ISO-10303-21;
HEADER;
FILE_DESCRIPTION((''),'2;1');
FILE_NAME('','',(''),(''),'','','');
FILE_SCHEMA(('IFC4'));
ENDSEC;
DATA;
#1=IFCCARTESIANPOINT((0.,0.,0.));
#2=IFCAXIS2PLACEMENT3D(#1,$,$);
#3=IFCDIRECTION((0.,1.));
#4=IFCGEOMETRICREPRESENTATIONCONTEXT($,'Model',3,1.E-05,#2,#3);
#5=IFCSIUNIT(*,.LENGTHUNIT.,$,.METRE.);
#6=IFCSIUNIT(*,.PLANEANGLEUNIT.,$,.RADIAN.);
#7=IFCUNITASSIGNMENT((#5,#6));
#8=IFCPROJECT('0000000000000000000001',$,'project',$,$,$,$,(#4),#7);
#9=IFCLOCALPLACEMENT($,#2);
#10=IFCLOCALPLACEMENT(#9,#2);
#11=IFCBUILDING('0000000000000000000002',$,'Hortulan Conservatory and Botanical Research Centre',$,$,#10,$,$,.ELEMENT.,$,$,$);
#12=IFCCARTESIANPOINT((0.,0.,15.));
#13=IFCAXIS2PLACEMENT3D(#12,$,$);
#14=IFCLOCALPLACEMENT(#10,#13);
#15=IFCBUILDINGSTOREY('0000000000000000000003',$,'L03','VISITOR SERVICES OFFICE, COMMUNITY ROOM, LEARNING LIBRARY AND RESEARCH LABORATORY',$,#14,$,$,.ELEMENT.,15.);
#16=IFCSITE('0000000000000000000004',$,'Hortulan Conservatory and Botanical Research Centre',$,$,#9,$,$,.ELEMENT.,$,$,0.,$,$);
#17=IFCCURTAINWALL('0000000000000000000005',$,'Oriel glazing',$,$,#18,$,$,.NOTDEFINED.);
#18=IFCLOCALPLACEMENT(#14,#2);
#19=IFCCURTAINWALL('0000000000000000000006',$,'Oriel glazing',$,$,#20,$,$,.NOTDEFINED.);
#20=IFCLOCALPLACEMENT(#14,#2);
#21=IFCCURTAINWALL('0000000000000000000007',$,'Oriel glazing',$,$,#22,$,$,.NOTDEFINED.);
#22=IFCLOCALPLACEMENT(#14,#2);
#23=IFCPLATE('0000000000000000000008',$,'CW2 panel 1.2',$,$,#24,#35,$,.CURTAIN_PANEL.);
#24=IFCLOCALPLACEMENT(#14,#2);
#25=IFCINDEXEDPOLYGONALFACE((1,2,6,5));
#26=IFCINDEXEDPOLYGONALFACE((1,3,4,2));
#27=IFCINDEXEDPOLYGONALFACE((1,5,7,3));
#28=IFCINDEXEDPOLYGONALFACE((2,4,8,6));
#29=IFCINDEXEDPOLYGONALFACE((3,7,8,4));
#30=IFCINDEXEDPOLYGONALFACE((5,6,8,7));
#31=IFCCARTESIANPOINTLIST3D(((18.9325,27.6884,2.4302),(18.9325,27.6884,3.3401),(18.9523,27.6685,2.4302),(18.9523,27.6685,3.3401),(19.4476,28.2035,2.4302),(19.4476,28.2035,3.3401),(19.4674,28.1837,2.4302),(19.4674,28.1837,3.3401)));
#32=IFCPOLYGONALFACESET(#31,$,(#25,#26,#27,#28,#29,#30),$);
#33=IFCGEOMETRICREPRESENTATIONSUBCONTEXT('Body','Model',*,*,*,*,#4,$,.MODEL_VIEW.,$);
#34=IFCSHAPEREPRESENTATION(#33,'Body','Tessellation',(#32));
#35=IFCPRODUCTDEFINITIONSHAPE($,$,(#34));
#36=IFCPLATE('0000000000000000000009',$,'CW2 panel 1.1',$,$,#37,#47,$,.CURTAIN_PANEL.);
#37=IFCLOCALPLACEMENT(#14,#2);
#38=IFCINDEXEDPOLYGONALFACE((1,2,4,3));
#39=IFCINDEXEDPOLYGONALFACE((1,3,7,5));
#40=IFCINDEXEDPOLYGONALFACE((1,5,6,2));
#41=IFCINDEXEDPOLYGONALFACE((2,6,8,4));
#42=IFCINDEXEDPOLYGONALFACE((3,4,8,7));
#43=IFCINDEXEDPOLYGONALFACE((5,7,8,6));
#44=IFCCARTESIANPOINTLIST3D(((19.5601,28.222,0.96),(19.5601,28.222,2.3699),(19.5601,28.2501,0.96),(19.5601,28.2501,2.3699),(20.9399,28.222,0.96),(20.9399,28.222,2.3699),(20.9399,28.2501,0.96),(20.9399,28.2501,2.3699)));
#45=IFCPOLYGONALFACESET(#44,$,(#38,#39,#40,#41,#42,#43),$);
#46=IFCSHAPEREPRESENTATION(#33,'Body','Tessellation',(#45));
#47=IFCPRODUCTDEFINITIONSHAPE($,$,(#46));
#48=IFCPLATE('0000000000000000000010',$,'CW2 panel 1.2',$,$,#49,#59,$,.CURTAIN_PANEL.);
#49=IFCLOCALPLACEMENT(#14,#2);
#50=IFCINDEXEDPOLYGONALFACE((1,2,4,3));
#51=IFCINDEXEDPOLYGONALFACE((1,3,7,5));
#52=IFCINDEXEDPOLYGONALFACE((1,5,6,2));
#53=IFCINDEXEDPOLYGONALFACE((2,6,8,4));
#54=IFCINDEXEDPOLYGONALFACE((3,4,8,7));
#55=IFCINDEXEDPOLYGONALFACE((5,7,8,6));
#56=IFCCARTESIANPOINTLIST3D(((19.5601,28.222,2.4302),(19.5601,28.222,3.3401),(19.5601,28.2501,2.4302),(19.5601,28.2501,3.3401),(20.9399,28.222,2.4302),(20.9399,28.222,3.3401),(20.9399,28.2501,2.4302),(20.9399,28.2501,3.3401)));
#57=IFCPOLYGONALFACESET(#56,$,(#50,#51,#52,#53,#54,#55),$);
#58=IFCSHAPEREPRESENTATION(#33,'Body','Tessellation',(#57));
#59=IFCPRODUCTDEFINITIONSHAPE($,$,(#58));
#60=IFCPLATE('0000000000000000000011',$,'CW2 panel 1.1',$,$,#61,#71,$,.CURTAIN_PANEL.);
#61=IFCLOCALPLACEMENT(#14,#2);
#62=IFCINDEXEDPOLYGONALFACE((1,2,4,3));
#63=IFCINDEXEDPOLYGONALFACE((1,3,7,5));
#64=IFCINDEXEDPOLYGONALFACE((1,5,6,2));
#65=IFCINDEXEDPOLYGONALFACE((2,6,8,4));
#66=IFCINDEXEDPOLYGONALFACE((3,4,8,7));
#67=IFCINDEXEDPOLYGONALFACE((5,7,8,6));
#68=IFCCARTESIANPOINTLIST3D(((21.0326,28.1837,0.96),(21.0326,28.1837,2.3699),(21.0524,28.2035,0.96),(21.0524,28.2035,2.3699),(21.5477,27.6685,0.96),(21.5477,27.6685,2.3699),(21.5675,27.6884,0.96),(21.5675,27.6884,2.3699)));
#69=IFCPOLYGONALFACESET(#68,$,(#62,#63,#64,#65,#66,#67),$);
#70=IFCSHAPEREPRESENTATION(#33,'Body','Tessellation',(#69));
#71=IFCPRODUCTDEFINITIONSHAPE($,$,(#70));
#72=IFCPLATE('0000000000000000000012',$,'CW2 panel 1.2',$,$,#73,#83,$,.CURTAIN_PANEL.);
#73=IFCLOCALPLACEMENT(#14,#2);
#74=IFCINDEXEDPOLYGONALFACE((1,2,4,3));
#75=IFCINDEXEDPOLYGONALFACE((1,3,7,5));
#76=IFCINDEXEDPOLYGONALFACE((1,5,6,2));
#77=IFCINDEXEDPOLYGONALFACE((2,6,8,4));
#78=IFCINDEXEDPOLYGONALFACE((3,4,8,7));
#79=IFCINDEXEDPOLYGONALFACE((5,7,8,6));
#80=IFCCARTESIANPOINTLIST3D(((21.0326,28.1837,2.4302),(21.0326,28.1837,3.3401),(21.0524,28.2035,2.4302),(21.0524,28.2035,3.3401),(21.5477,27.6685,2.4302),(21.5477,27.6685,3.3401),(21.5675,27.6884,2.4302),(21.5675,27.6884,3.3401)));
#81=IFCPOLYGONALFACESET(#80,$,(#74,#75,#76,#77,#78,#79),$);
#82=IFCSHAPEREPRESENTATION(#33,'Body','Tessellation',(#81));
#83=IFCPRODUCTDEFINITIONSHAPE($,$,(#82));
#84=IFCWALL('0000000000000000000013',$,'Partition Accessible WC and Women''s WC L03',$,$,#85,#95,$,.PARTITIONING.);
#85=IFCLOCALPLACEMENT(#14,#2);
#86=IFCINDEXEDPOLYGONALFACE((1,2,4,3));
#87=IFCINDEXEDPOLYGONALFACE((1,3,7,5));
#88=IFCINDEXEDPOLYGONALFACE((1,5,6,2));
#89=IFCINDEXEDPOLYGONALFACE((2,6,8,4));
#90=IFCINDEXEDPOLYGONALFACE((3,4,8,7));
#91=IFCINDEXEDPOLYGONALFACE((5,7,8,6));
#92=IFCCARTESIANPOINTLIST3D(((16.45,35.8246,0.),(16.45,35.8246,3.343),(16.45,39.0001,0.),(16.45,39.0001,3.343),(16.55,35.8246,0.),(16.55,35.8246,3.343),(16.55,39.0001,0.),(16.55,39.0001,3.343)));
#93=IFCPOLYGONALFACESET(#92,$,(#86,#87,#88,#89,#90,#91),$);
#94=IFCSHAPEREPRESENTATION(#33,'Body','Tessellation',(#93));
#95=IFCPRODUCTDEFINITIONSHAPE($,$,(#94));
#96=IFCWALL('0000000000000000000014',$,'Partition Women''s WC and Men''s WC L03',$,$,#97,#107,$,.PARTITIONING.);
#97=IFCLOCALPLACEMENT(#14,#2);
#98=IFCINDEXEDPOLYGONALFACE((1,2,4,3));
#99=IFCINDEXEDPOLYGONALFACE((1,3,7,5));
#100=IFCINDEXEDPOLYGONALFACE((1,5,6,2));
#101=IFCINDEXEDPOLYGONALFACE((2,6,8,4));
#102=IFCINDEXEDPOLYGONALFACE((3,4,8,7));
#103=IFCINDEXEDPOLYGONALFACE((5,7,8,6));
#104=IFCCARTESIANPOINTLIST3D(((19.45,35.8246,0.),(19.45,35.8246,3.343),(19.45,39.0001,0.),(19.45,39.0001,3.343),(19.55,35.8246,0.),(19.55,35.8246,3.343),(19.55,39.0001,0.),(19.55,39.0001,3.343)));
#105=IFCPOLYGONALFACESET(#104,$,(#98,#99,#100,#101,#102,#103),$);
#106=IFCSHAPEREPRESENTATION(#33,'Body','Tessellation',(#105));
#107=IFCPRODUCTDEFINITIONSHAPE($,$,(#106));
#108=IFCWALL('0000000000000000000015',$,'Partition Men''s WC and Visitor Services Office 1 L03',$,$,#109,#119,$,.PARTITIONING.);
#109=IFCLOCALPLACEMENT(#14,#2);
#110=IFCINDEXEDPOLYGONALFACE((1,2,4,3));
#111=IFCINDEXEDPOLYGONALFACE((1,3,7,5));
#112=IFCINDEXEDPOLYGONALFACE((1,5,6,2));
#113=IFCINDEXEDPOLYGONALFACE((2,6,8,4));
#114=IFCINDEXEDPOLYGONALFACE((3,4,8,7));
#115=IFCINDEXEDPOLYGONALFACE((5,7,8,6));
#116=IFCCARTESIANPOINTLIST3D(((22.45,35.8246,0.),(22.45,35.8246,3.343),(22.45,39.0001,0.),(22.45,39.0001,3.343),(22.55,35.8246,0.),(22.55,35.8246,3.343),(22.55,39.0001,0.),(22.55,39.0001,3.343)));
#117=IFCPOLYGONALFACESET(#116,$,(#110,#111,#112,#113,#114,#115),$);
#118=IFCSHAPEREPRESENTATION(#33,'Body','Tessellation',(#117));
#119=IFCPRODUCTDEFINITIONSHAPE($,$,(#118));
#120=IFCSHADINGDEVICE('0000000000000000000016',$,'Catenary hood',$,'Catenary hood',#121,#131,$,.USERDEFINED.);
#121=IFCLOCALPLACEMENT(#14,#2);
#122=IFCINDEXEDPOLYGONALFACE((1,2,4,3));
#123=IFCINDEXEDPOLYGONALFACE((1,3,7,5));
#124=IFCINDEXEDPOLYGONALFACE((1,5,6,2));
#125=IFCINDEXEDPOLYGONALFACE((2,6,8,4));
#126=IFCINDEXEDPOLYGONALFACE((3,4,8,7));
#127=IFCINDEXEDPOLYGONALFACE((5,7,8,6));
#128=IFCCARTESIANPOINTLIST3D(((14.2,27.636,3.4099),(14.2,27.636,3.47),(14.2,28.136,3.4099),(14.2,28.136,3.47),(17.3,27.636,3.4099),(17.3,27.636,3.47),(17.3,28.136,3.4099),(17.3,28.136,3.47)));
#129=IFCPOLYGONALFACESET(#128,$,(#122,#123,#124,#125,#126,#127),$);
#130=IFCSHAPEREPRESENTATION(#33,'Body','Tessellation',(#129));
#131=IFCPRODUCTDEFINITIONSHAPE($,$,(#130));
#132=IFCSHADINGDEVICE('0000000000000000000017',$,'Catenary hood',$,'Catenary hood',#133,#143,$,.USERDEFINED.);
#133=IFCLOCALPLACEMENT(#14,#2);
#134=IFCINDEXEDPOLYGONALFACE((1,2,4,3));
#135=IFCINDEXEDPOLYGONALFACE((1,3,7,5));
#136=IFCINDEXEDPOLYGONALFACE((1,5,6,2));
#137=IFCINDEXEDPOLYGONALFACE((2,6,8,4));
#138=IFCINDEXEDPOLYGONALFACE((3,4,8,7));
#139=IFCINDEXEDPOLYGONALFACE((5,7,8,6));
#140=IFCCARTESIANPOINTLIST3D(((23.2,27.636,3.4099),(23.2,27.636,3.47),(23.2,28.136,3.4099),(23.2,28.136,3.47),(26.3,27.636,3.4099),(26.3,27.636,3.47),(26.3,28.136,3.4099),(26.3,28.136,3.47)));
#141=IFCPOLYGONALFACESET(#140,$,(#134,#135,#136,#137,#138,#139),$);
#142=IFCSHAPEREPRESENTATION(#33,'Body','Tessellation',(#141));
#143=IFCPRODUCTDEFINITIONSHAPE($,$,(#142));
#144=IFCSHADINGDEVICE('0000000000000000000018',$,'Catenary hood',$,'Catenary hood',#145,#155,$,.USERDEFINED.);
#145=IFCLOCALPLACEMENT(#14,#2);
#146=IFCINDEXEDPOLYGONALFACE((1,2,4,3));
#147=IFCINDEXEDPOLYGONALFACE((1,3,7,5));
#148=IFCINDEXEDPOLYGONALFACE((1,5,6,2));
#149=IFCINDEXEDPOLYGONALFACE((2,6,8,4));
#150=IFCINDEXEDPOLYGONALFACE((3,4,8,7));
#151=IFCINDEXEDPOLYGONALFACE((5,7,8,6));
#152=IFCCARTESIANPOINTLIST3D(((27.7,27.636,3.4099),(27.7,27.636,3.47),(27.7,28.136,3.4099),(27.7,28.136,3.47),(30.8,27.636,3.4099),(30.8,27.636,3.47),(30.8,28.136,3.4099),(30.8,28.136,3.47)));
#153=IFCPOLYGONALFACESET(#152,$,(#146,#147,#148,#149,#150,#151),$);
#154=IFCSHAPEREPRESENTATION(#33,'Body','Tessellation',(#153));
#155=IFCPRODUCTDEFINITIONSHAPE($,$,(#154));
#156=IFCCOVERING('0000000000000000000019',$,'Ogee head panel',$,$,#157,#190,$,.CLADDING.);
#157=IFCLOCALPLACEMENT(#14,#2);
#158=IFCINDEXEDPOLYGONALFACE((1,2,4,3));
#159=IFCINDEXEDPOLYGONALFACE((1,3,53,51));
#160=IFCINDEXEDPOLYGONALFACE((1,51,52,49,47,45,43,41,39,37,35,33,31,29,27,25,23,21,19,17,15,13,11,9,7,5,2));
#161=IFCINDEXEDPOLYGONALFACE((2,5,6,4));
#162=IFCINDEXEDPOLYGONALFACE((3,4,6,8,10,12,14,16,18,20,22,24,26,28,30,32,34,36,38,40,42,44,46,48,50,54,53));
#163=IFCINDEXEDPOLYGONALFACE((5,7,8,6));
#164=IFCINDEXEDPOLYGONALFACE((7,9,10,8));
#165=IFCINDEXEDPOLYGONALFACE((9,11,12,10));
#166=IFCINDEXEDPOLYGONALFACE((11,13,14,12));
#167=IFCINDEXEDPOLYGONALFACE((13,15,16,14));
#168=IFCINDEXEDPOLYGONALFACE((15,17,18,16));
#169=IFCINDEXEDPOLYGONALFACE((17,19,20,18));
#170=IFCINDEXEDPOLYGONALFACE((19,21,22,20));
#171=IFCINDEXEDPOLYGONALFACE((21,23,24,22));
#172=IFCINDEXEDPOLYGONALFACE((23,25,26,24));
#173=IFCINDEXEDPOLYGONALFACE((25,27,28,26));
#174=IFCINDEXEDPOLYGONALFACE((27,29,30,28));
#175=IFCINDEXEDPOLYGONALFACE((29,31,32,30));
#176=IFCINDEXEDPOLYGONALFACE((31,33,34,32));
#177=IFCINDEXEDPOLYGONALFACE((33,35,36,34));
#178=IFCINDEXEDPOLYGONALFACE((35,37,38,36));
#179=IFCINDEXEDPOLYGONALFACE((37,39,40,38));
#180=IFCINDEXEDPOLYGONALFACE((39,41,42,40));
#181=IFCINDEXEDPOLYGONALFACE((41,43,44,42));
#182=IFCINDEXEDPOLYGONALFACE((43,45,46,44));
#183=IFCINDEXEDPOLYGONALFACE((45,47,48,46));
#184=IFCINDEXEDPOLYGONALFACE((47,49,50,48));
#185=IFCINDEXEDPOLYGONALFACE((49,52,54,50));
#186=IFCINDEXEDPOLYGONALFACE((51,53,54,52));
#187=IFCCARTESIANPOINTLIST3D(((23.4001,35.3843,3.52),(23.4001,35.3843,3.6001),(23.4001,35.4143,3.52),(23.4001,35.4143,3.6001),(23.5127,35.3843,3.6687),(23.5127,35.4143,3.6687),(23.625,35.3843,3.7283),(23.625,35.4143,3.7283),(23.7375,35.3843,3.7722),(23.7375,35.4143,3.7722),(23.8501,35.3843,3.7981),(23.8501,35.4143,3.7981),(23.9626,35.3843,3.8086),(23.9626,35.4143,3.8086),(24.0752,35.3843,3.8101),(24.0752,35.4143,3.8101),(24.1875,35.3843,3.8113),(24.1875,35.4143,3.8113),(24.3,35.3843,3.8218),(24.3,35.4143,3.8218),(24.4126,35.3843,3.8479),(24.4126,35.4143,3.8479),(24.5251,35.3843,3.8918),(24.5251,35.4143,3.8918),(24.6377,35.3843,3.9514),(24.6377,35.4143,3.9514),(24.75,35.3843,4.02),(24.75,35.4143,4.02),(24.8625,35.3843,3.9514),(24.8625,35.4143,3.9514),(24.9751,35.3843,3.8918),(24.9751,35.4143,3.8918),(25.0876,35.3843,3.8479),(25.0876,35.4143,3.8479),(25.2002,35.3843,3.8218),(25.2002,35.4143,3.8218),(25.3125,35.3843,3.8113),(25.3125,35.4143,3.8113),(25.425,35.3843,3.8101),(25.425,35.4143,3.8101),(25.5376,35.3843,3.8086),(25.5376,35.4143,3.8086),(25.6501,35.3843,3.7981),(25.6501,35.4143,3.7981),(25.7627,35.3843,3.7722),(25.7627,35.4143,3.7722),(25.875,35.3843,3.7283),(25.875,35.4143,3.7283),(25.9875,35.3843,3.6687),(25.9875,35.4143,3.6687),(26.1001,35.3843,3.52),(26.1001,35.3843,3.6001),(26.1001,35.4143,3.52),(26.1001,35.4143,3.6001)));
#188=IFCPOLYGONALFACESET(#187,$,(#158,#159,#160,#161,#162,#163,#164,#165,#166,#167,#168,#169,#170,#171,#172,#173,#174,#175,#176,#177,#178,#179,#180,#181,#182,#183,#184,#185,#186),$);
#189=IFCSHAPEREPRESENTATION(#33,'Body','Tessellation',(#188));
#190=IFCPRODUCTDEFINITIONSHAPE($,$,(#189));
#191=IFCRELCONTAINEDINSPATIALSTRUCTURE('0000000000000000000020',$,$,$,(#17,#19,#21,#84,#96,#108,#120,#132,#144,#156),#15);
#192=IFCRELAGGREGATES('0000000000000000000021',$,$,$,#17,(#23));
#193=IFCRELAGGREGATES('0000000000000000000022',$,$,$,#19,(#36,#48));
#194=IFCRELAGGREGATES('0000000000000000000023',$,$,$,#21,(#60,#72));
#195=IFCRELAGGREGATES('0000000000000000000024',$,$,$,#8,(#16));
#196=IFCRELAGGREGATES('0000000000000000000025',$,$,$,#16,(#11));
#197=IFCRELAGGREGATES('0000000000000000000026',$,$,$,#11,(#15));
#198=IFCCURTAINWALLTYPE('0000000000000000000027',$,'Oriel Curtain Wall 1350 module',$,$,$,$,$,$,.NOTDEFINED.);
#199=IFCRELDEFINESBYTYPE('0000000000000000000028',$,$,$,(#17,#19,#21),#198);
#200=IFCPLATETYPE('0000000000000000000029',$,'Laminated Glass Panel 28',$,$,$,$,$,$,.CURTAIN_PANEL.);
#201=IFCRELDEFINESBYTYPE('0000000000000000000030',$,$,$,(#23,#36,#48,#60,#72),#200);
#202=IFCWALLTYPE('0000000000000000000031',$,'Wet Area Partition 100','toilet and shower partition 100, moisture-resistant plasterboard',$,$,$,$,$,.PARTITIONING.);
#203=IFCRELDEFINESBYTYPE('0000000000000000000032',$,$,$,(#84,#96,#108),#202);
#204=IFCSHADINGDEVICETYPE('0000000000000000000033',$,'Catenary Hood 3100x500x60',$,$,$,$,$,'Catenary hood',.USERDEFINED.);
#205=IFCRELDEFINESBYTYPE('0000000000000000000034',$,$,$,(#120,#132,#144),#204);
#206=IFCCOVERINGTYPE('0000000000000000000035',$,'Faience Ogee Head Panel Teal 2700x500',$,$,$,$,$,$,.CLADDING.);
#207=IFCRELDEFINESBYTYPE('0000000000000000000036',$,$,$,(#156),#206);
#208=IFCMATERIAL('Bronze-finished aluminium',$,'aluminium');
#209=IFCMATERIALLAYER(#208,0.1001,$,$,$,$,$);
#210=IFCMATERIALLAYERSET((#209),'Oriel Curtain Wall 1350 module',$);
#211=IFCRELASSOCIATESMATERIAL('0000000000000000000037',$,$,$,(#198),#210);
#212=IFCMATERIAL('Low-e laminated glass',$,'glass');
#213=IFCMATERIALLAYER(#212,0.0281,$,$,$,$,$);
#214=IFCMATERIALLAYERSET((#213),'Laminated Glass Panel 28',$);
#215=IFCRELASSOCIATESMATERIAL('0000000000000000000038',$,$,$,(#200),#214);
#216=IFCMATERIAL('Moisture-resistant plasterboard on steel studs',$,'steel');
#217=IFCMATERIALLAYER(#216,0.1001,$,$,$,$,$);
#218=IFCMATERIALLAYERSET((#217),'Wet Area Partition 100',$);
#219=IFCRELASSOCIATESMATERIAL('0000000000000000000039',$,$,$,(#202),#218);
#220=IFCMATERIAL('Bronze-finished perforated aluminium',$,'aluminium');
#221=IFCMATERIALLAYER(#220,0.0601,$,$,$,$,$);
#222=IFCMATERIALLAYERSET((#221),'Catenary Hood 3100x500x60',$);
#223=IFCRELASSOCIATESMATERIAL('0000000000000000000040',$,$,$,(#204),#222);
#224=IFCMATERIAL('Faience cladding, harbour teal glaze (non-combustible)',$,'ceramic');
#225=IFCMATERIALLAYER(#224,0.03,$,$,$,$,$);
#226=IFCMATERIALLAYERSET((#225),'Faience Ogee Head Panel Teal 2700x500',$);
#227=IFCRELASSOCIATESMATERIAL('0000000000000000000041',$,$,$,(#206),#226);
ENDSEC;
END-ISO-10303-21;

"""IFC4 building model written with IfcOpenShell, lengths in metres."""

from ifc_helpers import new_model, si_unit, direction, frame, frame_2d, origin, origin_2d, place, context, subcontext, project, spatial, polyline, rectangle, outline, extrude, material, layer, layer_set, type_object, element, aggregate, save


model = new_model("IFC4")

# Units and contexts
model_context = context("Model", 3, precision=1e-05, world=origin(), true_north=direction((0.0, 1.0)))
body_context = subcontext(model_context, "Body", "Model", "MODEL_VIEW")
ifc_project = project(units=[si_unit("LENGTHUNIT", "METRE"), si_unit("PLANEANGLEUNIT", "RADIAN")], contexts=[model_context])

# Site, building, storey
site_placement = place(None, origin())
site = spatial("IfcSite", under=ifc_project, at=site_placement, Name="Hortulan Conservatory and Botanical Research Centre", CompositionType="ELEMENT", RefElevation=0.0)
building_placement = place(site_placement, origin())
building = spatial("IfcBuilding", under=site, at=building_placement, Name="Hortulan Conservatory and Botanical Research Centre", CompositionType="ELEMENT")
storey_placement = place(building_placement, frame((0.0, 0.0, 15.0)))
storey = spatial("IfcBuildingStorey", under=building, at=storey_placement, Name="L03", Description="VISITOR SERVICES OFFICE, COMMUNITY ROOM, LEARNING LIBRARY AND RESEARCH LABORATORY", CompositionType="ELEMENT", Elevation=15.0)

# Curtain wall
ifc_material_1 = material(Name="Bronze-finished aluminium", Category="aluminium")
ifc_layer_1 = layer(ifc_material_1, 0.1001)
ifc_layer_set_1 = layer_set([ifc_layer_1], Name="Oriel Curtain Wall 1350 module")
curtain_wall_type = type_object("IfcCurtainWallType", Name="Oriel Curtain Wall 1350 module", PredefinedType="NOTDEFINED", material=ifc_layer_set_1)
curtain_wall_1_placement = place(storey_placement, origin())
curtain_wall_1 = element("IfcCurtainWall", 1, at=curtain_wall_1_placement, inside=storey, type_object=curtain_wall_type, Name="Oriel glazing", PredefinedType="NOTDEFINED")

# Curtain wall
curtain_wall_2_placement = place(storey_placement, origin())
curtain_wall_2 = element("IfcCurtainWall", 2, at=curtain_wall_2_placement, inside=storey, type_object=curtain_wall_type, Name="Oriel glazing", PredefinedType="NOTDEFINED")

# Curtain wall
curtain_wall_3_placement = place(storey_placement, origin())
curtain_wall_3 = element("IfcCurtainWall", 3, at=curtain_wall_3_placement, inside=storey, type_object=curtain_wall_type, Name="Oriel glazing", PredefinedType="NOTDEFINED")

# Plates
ifc_material_2 = material(Name="Low-e laminated glass", Category="glass")
ifc_layer_2 = layer(ifc_material_2, 0.0281)
ifc_layer_set_2 = layer_set([ifc_layer_2], Name="Laminated Glass Panel 28")
plate_type = type_object("IfcPlateType", Name="Laminated Glass Panel 28", PredefinedType="CURTAIN_PANEL", material=ifc_layer_set_2)
plate_1_placement = place(storey_placement, frame((19.2, 27.936, 2.4302), z_axis=(0.0, 0.0, 1.0), x_axis=(0.707107, 0.707107, 0.0)))
plate_1 = element("IfcPlate", 4, at=plate_1_placement, type_object=plate_type, Name="CW2 panel 1.2", PredefinedType="CURTAIN_PANEL", context=body_context, shape_type="SweptSolid", body=[
    extrude(rectangle(XDim=0.7285, YDim=0.0281, at=origin_2d()), origin(), (0.0, 0.0, 1.0), 0.9099),
])
aggregate(curtain_wall_1, [plate_1])
plate_2_placement = place(storey_placement, frame((20.25, 28.2361, 0.96), z_axis=(0.0, 0.0, 1.0), x_axis=(1.0, 0.0, 0.0)))
plate_2 = element("IfcPlate", 5, at=plate_2_placement, type_object=plate_type, Name="CW2 panel 1.1", PredefinedType="CURTAIN_PANEL", context=body_context, shape_type="SweptSolid", body=[
    extrude(rectangle(XDim=1.3799, YDim=0.0281, at=origin_2d()), origin(), (0.0, 0.0, 1.0), 1.4099),
])
plate_3_placement = place(storey_placement, frame((20.25, 28.2361, 2.4302), z_axis=(0.0, 0.0, 1.0), x_axis=(1.0, 0.0, 0.0)))
plate_3 = element("IfcPlate", 6, at=plate_3_placement, type_object=plate_type, Name="CW2 panel 1.2", PredefinedType="CURTAIN_PANEL", context=body_context, shape_type="SweptSolid", body=[
    extrude(rectangle(XDim=1.3799, YDim=0.0281, at=origin_2d()), origin(), (0.0, 0.0, 1.0), 0.9099),
])
aggregate(curtain_wall_2, [plate_2, plate_3])
plate_4_placement = place(storey_placement, frame((21.3, 27.936, 0.96), z_axis=(0.0, 0.0, 1.0), x_axis=(0.707107, -0.707107, 0.0)))
plate_4 = element("IfcPlate", 7, at=plate_4_placement, type_object=plate_type, Name="CW2 panel 1.1", PredefinedType="CURTAIN_PANEL", context=body_context, shape_type="SweptSolid", body=[
    extrude(rectangle(XDim=0.7285, YDim=0.0281, at=origin_2d()), origin(), (0.0, 0.0, 1.0), 1.4099),
])
plate_5_placement = place(storey_placement, frame((21.3, 27.936, 2.4302), z_axis=(0.0, 0.0, 1.0), x_axis=(0.707107, -0.707107, 0.0)))
plate_5 = element("IfcPlate", 8, at=plate_5_placement, type_object=plate_type, Name="CW2 panel 1.2", PredefinedType="CURTAIN_PANEL", context=body_context, shape_type="SweptSolid", body=[
    extrude(rectangle(XDim=0.7285, YDim=0.0281, at=origin_2d()), origin(), (0.0, 0.0, 1.0), 0.9099),
])
aggregate(curtain_wall_3, [plate_4, plate_5])

# Walls
ifc_material_3 = material(Name="Moisture-resistant plasterboard on steel studs", Category="steel")
ifc_layer_3 = layer(ifc_material_3, 0.1001)
ifc_layer_set_3 = layer_set([ifc_layer_3], Name="Wet Area Partition 100")
wall_type = type_object("IfcWallType", Name="Wet Area Partition 100", Description="toilet and shower partition 100, moisture-resistant plasterboard", PredefinedType="PARTITIONING", material=ifc_layer_set_3)
for number, where, z_axis, x_axis, name in (
    (9, (16.5, 35.8245, 0.0), (0.0, 0.0, 1.0), (0.0, 1.0, 0.0), "Partition Accessible WC and Women's WC L03"),
    (10, (19.5, 35.8245, 0.0), (0.0, 0.0, 1.0), (0.0, 1.0, 0.0), "Partition Women's WC and Men's WC L03"),
    (11, (22.5, 35.8245, 0.0), (0.0, 0.0, 1.0), (0.0, 1.0, 0.0), "Partition Men's WC and Visitor Services Office 1 L03"),
):
    element("IfcWall", number, at=place(storey_placement, frame(where, z_axis=z_axis, x_axis=x_axis)), inside=storey, type_object=wall_type, Name=name, PredefinedType="PARTITIONING", context=body_context, shape_type="SweptSolid", body=[
        extrude(rectangle(XDim=3.1755, YDim=0.1001, at=frame_2d((1.5879, 0.0))), origin(), (0.0, 0.0, 1.0), 3.343),
    ])

# Shading devices
ifc_material_4 = material(Name="Bronze-finished perforated aluminium", Category="aluminium")
ifc_layer_4 = layer(ifc_material_4, 0.0601)
ifc_layer_set_4 = layer_set([ifc_layer_4], Name="Catenary Hood 3100x500x60")
shading_device_type = type_object("IfcShadingDeviceType", Name="Catenary Hood 3100x500x60", ElementType="Catenary hood", PredefinedType="USERDEFINED", material=ifc_layer_set_4)
for number, where, z_axis, x_axis, name in (
    (12, (15.75, 27.886, 3.4099), (0.0, 0.0, 1.0), (1.0, 0.0, 0.0), "Catenary hood"),
    (13, (24.75, 27.886, 3.4099), (0.0, 0.0, 1.0), (1.0, 0.0, 0.0), "Catenary hood"),
    (14, (29.25, 27.886, 3.4099), (0.0, 0.0, 1.0), (1.0, 0.0, 0.0), "Catenary hood"),
):
    element("IfcShadingDevice", number, at=place(storey_placement, frame(where, z_axis=z_axis, x_axis=x_axis)), inside=storey, type_object=shading_device_type, Name=name, ObjectType="Catenary hood", PredefinedType="USERDEFINED", context=body_context, shape_type="SweptSolid", body=[
        extrude(rectangle(XDim=3.1001, YDim=0.5, at=origin_2d()), origin(), (0.0, 0.0, 1.0), 0.0601),
    ])

# Covering
ifc_material_5 = material(Name="Faience cladding, harbour teal glaze (non-combustible)", Category="ceramic")
ifc_layer_5 = layer(ifc_material_5, 0.03)
ifc_layer_set_5 = layer_set([ifc_layer_5], Name="Faience Ogee Head Panel Teal 2700x500")
covering_type_1 = type_object("IfcCoveringType", Name="Faience Ogee Head Panel Teal 2700x500", PredefinedType="CLADDING", material=ifc_layer_set_5)
for number, where, z_axis, x_axis, name in (
    (15, (26.1001, 35.3994, 3.52), (0.0, 0.0, 1.0), (-1.0, 0.0, 0.0), "Ogee head panel"),
):
    element("IfcCovering", number, at=place(storey_placement, frame(where, z_axis=z_axis, x_axis=x_axis)), inside=storey, type_object=covering_type_1, Name=name, PredefinedType="CLADDING", context=body_context, shape_type="SweptSolid", body=[
        extrude(outline(polyline([(0.0, 0.0), (2.7, 0.0), (2.7, 0.0801), (2.5874, 0.1487), (2.4751, 0.2083), (2.3625, 0.2522), (2.25, 0.2781), (2.1375, 0.2886), (2.0249, 0.29), (1.9126, 0.2913), (1.8, 0.3018), (1.6875, 0.3279), (1.575, 0.3718), (1.4624, 0.4314), (1.3501, 0.5), (1.2375, 0.4314), (1.125, 0.3718), (1.0125, 0.3279), (0.8999, 0.3018), (0.7876, 0.2913), (0.675, 0.29), (0.5625, 0.2886), (0.45, 0.2781), (0.3374, 0.2522), (0.2251, 0.2083), (0.1125, 0.1487), (0.0, 0.0801), (0.0, 0.0)])), frame((0.0, 0.0151, 0.0), z_axis=(0.0, -1.0, 0.0), x_axis=(1.0, 0.0, 0.0)), (0.0, 0.0, 1.0), 0.03),
    ])

save(model, "model.ifc")
